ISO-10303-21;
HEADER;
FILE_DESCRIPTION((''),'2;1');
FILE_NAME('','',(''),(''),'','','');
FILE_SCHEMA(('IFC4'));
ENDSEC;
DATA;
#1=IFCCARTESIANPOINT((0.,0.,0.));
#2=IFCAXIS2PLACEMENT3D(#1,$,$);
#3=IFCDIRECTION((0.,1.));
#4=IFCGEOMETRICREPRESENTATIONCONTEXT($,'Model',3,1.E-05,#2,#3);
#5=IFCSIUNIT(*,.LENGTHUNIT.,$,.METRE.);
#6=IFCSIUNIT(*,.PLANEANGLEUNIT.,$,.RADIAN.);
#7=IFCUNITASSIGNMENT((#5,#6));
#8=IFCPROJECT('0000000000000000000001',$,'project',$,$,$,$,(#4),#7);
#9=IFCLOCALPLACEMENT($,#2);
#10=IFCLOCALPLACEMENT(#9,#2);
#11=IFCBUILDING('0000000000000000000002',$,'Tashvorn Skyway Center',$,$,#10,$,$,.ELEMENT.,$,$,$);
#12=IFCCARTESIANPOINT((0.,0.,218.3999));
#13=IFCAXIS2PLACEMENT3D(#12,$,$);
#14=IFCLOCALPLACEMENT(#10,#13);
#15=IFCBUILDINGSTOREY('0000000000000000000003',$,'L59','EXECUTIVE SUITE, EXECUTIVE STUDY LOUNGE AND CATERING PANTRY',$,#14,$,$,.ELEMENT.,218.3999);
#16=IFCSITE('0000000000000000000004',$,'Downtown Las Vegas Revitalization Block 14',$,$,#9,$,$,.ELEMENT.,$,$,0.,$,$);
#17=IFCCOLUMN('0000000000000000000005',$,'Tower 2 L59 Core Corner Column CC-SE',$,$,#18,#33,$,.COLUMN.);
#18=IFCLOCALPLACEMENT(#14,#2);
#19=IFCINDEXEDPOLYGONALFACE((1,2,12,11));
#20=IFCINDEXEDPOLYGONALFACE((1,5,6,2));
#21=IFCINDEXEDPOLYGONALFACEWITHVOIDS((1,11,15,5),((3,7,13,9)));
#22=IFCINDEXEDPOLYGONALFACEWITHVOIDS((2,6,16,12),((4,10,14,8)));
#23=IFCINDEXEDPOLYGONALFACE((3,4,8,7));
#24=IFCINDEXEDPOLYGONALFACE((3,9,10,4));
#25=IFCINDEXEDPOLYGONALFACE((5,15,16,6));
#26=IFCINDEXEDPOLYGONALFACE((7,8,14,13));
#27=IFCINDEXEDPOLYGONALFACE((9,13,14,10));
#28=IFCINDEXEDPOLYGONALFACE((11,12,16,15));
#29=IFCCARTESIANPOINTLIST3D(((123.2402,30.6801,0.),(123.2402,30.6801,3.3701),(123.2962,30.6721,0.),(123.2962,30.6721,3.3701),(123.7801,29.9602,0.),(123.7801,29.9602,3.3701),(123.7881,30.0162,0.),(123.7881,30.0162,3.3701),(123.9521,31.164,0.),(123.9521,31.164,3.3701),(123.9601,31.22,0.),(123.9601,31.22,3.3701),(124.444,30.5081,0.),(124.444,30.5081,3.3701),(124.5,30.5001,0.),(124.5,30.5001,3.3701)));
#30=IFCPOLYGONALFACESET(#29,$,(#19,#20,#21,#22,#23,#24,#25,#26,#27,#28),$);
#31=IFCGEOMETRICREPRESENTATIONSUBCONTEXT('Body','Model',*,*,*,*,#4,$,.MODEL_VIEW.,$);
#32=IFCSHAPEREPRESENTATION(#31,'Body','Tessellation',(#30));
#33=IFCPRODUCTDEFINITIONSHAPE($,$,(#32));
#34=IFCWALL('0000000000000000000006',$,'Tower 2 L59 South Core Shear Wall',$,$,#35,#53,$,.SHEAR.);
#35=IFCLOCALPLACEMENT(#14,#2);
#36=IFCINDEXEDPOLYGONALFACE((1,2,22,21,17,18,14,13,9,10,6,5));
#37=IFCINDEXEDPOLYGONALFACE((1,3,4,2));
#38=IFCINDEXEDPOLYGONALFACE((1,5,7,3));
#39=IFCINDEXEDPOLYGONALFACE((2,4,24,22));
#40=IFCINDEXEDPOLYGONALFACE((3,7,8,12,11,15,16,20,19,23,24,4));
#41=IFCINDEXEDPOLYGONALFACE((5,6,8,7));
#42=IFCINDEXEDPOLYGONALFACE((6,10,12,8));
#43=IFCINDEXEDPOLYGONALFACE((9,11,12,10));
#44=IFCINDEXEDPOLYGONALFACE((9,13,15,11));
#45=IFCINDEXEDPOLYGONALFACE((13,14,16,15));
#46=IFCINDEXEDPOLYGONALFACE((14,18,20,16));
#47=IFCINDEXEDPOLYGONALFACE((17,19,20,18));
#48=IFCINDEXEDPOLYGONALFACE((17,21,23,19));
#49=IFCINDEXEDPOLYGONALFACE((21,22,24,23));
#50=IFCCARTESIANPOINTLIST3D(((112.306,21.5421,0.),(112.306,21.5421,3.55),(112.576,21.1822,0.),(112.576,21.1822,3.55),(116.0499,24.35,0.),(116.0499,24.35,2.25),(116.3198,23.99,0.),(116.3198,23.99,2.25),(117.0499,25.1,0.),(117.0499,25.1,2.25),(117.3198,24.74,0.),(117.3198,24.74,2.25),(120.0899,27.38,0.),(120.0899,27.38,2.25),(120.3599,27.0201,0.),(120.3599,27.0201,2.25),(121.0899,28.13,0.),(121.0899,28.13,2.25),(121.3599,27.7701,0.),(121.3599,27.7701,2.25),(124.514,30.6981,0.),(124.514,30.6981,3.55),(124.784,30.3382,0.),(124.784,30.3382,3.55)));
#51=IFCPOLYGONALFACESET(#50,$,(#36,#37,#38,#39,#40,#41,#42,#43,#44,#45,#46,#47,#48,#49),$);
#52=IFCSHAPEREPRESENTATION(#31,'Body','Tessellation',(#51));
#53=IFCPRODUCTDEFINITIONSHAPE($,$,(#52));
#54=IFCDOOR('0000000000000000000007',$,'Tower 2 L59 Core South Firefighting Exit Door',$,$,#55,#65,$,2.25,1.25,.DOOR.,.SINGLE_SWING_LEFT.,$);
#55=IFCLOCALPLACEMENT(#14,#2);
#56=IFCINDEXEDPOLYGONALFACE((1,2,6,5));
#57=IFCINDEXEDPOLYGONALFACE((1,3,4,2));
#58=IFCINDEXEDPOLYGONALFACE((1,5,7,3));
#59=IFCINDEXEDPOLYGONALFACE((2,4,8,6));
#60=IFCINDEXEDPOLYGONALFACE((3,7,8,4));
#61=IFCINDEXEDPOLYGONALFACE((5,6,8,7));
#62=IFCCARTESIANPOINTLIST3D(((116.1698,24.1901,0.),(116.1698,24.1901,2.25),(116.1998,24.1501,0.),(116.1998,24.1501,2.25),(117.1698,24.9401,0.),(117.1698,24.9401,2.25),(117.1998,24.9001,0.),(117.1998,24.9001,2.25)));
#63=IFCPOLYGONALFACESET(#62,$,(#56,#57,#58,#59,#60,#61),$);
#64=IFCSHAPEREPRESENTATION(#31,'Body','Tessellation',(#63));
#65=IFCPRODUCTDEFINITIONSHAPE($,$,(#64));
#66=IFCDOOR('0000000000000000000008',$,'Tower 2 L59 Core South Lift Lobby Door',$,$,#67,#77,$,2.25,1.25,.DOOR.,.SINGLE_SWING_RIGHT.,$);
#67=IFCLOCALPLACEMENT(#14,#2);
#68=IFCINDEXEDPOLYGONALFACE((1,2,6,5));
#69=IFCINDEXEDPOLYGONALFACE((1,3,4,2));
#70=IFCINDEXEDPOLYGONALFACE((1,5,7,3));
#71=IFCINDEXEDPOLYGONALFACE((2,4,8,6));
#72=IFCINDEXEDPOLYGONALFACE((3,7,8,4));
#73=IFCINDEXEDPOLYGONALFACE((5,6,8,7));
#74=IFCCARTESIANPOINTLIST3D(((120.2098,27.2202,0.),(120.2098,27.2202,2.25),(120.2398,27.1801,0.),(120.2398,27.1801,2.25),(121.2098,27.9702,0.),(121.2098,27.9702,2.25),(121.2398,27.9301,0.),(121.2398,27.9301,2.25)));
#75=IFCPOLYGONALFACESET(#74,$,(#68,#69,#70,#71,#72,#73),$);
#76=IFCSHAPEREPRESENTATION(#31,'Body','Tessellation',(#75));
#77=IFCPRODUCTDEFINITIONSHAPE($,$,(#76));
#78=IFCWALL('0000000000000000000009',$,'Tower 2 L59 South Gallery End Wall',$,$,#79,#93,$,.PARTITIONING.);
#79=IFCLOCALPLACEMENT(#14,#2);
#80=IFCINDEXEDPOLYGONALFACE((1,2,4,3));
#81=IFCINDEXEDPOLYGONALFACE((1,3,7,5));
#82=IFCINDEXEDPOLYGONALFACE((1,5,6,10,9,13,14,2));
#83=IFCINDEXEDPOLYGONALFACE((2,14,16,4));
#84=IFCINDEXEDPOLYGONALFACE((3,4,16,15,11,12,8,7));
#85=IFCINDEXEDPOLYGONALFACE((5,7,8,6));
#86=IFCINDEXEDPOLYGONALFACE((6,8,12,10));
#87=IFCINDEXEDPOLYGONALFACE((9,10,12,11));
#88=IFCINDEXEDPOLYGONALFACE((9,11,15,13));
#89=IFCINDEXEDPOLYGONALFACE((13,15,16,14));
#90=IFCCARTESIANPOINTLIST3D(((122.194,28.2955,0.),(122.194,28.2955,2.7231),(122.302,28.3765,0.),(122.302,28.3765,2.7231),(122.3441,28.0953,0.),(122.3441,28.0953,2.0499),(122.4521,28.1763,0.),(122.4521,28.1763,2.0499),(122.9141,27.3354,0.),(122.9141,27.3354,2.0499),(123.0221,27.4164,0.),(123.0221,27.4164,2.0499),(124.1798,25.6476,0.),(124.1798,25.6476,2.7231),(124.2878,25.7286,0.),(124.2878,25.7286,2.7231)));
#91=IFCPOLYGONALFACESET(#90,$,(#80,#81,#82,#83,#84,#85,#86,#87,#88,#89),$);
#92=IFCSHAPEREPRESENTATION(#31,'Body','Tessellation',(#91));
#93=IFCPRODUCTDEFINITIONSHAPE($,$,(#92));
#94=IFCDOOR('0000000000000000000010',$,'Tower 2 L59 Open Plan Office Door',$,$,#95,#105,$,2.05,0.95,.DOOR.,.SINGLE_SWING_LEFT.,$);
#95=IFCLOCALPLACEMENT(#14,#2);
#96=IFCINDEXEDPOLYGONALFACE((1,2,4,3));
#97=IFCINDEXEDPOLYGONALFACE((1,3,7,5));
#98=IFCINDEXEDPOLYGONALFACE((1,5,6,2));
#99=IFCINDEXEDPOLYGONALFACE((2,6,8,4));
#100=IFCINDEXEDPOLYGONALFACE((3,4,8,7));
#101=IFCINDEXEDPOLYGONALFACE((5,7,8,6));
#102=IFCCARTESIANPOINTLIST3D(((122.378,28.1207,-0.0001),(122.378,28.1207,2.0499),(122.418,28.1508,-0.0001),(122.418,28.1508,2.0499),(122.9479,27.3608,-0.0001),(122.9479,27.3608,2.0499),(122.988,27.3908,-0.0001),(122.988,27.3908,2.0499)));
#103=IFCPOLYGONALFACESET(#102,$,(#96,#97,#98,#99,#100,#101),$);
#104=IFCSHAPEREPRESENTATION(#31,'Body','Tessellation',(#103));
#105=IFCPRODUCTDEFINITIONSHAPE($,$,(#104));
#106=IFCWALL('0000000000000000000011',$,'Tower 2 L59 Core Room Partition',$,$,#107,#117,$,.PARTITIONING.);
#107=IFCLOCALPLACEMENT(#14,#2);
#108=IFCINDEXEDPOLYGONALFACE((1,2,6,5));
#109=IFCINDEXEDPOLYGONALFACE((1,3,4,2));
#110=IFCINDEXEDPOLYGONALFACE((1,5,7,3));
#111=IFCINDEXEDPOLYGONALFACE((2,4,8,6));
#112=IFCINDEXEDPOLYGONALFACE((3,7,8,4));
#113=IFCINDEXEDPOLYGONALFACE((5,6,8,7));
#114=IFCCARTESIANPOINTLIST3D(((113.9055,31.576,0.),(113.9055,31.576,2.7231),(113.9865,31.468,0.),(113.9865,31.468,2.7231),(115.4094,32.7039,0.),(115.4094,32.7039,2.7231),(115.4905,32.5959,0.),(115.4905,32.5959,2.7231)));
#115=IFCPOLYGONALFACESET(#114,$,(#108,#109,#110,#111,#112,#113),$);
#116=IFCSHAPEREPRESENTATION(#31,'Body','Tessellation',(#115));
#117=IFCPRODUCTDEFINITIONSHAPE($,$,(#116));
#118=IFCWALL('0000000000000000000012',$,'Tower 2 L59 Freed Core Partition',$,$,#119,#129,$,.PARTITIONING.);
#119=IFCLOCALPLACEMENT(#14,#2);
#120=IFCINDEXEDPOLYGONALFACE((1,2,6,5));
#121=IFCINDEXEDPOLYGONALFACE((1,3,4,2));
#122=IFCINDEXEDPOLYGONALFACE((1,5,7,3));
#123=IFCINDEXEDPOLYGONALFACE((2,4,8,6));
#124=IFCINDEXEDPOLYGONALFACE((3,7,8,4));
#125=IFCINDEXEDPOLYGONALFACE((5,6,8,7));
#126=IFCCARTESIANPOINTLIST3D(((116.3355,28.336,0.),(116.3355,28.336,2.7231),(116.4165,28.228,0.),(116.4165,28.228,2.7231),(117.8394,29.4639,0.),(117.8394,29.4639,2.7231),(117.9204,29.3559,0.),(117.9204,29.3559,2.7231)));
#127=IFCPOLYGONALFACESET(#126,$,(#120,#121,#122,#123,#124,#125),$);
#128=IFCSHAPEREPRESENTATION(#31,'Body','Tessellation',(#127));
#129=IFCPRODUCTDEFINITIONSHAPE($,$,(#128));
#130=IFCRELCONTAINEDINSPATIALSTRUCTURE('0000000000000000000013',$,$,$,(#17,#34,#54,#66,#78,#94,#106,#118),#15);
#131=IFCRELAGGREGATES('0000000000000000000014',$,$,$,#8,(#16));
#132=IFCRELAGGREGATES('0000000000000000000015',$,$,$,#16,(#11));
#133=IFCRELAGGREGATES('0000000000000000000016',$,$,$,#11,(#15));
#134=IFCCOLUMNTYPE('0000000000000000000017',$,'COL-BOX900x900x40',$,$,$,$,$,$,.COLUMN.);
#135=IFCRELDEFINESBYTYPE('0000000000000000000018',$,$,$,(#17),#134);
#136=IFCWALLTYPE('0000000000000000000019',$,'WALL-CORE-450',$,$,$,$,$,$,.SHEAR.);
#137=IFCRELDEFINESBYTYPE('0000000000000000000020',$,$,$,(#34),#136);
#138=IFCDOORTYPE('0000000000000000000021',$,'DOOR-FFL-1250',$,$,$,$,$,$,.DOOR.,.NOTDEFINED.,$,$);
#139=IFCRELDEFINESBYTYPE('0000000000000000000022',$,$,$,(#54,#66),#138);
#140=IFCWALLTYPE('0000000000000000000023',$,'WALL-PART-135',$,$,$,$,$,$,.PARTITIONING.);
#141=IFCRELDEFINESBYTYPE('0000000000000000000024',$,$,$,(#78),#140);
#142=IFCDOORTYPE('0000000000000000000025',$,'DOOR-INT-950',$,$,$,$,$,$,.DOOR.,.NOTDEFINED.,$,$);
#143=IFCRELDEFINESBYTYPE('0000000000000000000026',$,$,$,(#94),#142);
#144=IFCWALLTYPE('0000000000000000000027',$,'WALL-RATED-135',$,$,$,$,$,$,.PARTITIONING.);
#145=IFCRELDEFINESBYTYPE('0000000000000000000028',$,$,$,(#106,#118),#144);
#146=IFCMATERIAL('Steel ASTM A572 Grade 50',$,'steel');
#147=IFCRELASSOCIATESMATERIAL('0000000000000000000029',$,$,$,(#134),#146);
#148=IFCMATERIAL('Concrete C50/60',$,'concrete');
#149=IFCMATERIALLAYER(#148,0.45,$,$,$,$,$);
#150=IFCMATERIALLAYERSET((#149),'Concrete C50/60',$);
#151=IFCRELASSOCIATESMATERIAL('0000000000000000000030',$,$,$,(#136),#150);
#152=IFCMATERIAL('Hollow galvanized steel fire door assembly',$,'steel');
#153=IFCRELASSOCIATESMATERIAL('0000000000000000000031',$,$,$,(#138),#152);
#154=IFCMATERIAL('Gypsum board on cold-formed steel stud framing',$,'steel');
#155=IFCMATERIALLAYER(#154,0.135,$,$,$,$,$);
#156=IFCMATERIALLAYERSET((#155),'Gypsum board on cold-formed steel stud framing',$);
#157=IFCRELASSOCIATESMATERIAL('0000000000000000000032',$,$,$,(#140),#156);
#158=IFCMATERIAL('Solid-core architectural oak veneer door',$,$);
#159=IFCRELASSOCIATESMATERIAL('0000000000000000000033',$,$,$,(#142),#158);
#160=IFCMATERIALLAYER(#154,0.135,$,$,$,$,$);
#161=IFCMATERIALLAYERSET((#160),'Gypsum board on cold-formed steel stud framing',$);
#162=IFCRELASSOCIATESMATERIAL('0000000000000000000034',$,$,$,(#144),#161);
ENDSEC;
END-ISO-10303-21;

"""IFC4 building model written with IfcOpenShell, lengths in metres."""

from ifc_helpers import new_model, si_unit, direction, frame, frame_2d, origin, origin_2d, place, context, subcontext, project, spatial, rectangle, hollow_rectangle, extrude, material, layer, layer_set, material_profile, profile_set, type_object, element, fill, save


model = new_model("IFC4")

# Units and contexts
model_context = context("Model", 3, precision=1e-05, world=origin(), true_north=direction((0.0, 1.0)))
body_context = subcontext(model_context, "Body", "Model", "MODEL_VIEW")
ifc_project = project(units=[si_unit("LENGTHUNIT", "METRE"), si_unit("PLANEANGLEUNIT", "RADIAN")], contexts=[model_context])

# Site, building, storey
site_placement = place(None, origin())
site = spatial("IfcSite", under=ifc_project, at=site_placement, Name="Downtown Las Vegas Revitalization Block 14", CompositionType="ELEMENT", RefElevation=0.0)
building_placement = place(site_placement, origin())
building = spatial("IfcBuilding", under=site, at=building_placement, Name="Tashvorn Skyway Center", CompositionType="ELEMENT")
storey_placement = place(building_placement, frame((0.0, 0.0, 218.3999)))
storey = spatial("IfcBuildingStorey", under=building, at=storey_placement, Name="L59", Description="EXECUTIVE SUITE, EXECUTIVE STUDY LOUNGE AND CATERING PANTRY", CompositionType="ELEMENT", Elevation=218.3999)

# Column
ifc_material_1 = material(Name="Steel ASTM A572 Grade 50", Category="steel")
ifc_material_profile = material_profile(ifc_material_1, hollow_rectangle(XDim=0.8999, YDim=0.8999, WallThickness=0.04, at=origin_2d()), Name="BOX900x900x40")
ifc_profile_set = profile_set([ifc_material_profile], Name="Steel ASTM A572 Grade 50")
column_type = type_object("IfcColumnType", Name="COL-BOX900x900x40", PredefinedType="COLUMN", material=ifc_profile_set)
column_placement = place(storey_placement, frame((123.8701, 30.5901, 0.0), z_axis=(0.0, 0.0, 1.0), x_axis=(0.8, 0.6, 0.0)))
element("IfcColumn", 1, at=column_placement, inside=storey, type_object=column_type, Name="Tower 2 L59 Core Corner Column CC-SE", PredefinedType="COLUMN", context=body_context, shape_type="SweptSolid", body=[
    extrude(hollow_rectangle(XDim=0.8999, YDim=0.8999, WallThickness=0.04, at=origin_2d()), origin(), (0.0, 0.0, 1.0), 3.3701),
])

# Wall, openings, doors
ifc_material_2 = material(Name="Concrete C50/60", Category="concrete")
ifc_layer_1 = layer(ifc_material_2, 0.45)
ifc_layer_set_1 = layer_set([ifc_layer_1], Name="Concrete C50/60")
wall_type_1 = type_object("IfcWallType", Name="WALL-CORE-450", PredefinedType="SHEAR", material=ifc_layer_set_1)
wall_1_placement = place(storey_placement, frame((124.6489, 30.5181, 0.0), z_axis=(0.0, 0.0, 1.0), x_axis=(-0.8, -0.6, 0.0)))
wall_1 = element("IfcWall", 2, at=wall_1_placement, inside=storey, type_object=wall_type_1, Name="Tower 2 L59 South Core Shear Wall", PredefinedType="SHEAR", context=body_context, shape_type="SweptSolid", body=[
    extrude(rectangle(XDim=15.26, YDim=0.45, at=frame_2d((7.6299, 0.0))), origin(), (0.0, 0.0, 1.0), 3.55),
])
opening_1_placement = place(wall_1_placement, frame((9.3301, 0.0, 0.0)))
opening_1 = element("IfcOpeningElement", 3, at=opening_1_placement, cuts=wall_1, PredefinedType="OPENING", context=body_context, shape_type="SweptSolid", body=[
    extrude(rectangle(XDim=1.25, YDim=2.25, at=frame_2d((0.625, 1.125))), frame((0.0, 0.2349, 0.0), z_axis=(0.0, -1.0, 0.0), x_axis=(1.0, 0.0, 0.0)), (0.0, 0.0, 1.0), 0.47),
])
opening_2_placement = place(wall_1_placement, frame((4.28, 0.0, 0.0)))
opening_2 = element("IfcOpeningElement", 4, at=opening_2_placement, cuts=wall_1, PredefinedType="OPENING", context=body_context, shape_type="SweptSolid", body=[
    extrude(rectangle(XDim=1.25, YDim=2.25, at=frame_2d((0.625, 1.125))), frame((0.0, 0.2349, 0.0), z_axis=(0.0, -1.0, 0.0), x_axis=(1.0, 0.0, 0.0)), (0.0, 0.0, 1.0), 0.47),
])
ifc_material_3 = material(Name="Hollow galvanized steel fire door assembly", Category="steel")
door_type_1 = type_object("IfcDoorType", Name="DOOR-FFL-1250", OperationType="NOTDEFINED", PredefinedType="DOOR", material=ifc_material_3)
door_1_placement = place(opening_1_placement, origin())
door_1 = element("IfcDoor", 5, at=door_1_placement, inside=storey, type_object=door_type_1, Name="Tower 2 L59 Core South Firefighting Exit Door", OperationType="SINGLE_SWING_LEFT", OverallHeight=2.25, OverallWidth=1.25, PredefinedType="DOOR", context=body_context, shape_type="SweptSolid", body=[
    extrude(rectangle(XDim=1.25, YDim=2.25, at=frame_2d((0.625, 1.125))), frame((0.0, 0.0249, 0.0), z_axis=(0.0, -1.0, 0.0), x_axis=(1.0, 0.0, 0.0)), (0.0, 0.0, 1.0), 0.05),
])
fill(opening_1, door_1)
door_2_placement = place(opening_2_placement, origin())
door_2 = element("IfcDoor", 6, at=door_2_placement, inside=storey, type_object=door_type_1, Name="Tower 2 L59 Core South Lift Lobby Door", OperationType="SINGLE_SWING_RIGHT", OverallHeight=2.25, OverallWidth=1.25, PredefinedType="DOOR", context=body_context, shape_type="SweptSolid", body=[
    extrude(rectangle(XDim=1.25, YDim=2.25, at=frame_2d((0.625, 1.125))), frame((0.0, 0.0249, 0.0), z_axis=(0.0, -1.0, 0.0), x_axis=(1.0, 0.0, 0.0)), (0.0, 0.0, 1.0), 0.05),
])
fill(opening_2, door_2)

# Wall, opening, door
ifc_material_4 = material(Name="Gypsum board on cold-formed steel stud framing", Category="steel")
ifc_layer_2 = layer(ifc_material_4, 0.135)
ifc_layer_set_2 = layer_set([ifc_layer_2], Name="Gypsum board on cold-formed steel stud framing")
wall_type_2 = type_object("IfcWallType", Name="WALL-PART-135", PredefinedType="PARTITIONING", material=ifc_layer_set_2)
wall_2_placement = place(storey_placement, frame((122.248, 28.3359, 0.0), z_axis=(0.0, 0.0, 1.0), x_axis=(0.599976, -0.800018, 0.0)))
wall_2 = element("IfcWall", 7, at=wall_2_placement, inside=storey, type_object=wall_type_2, Name="Tower 2 L59 South Gallery End Wall", PredefinedType="PARTITIONING", context=body_context, shape_type="SweptSolid", body=[
    extrude(rectangle(XDim=3.3098, YDim=0.135, at=frame_2d((1.6548, 0.0))), origin(), (0.0, 0.0, 1.0), 2.7231),
])
opening_3_placement = place(wall_2_placement, frame((0.25, 0.0, 0.0)))
opening_3 = element("IfcOpeningElement", 8, at=opening_3_placement, cuts=wall_2, PredefinedType="OPENING", context=body_context, shape_type="SweptSolid", body=[
    extrude(rectangle(XDim=0.95, YDim=2.05, at=frame_2d((0.4751, 1.0249))), frame((0.0, 0.0774, 0.0), z_axis=(0.0, -1.0, 0.0), x_axis=(1.0, 0.0, 0.0)), (0.0, 0.0, 1.0), 0.155),
])
ifc_material_5 = material(Name="Solid-core architectural oak veneer door")
door_type_2 = type_object("IfcDoorType", Name="DOOR-INT-950", OperationType="NOTDEFINED", PredefinedType="DOOR", material=ifc_material_5)
door_3_placement = place(opening_3_placement, origin())
door_3 = element("IfcDoor", 9, at=door_3_placement, inside=storey, type_object=door_type_2, Name="Tower 2 L59 Open Plan Office Door", OperationType="SINGLE_SWING_LEFT", OverallHeight=2.05, OverallWidth=0.95, PredefinedType="DOOR", context=body_context, shape_type="SweptSolid", body=[
    extrude(rectangle(XDim=0.95, YDim=2.05, at=frame_2d((0.4751, 1.0249))), frame((0.0, 0.0249, 0.0), z_axis=(0.0, -1.0, 0.0), x_axis=(1.0, 0.0, 0.0)), (0.0, 0.0, 1.0), 0.05),
])
fill(opening_3, door_3)

# Walls
ifc_layer_3 = layer(ifc_material_4, 0.135)
ifc_layer_set_3 = layer_set([ifc_layer_3], Name="Gypsum board on cold-formed steel stud framing")
wall_type_3 = type_object("IfcWallType", Name="WALL-RATED-135", PredefinedType="PARTITIONING", material=ifc_layer_set_3)
for number, where, z_axis, x_axis, name in (
    (10, (113.946, 31.522, 0.0), (0.0, 0.0, 1.0), (0.8, 0.6, 0.0), "Tower 2 L59 Core Room Partition"),
    (11, (116.376, 28.282, 0.0), (0.0, 0.0, 1.0), (0.8, 0.6, 0.0), "Tower 2 L59 Freed Core Partition"),
):
    element("IfcWall", number, at=place(storey_placement, frame(where, z_axis=z_axis, x_axis=x_axis)), inside=storey, type_object=wall_type_3, Name=name, PredefinedType="PARTITIONING", context=body_context, shape_type="SweptSolid", body=[
        extrude(rectangle(XDim=1.8799, YDim=0.135, at=frame_2d((0.9399, 0.0))), origin(), (0.0, 0.0, 1.0), 2.7231),
    ])

save(model, "model.ifc")
